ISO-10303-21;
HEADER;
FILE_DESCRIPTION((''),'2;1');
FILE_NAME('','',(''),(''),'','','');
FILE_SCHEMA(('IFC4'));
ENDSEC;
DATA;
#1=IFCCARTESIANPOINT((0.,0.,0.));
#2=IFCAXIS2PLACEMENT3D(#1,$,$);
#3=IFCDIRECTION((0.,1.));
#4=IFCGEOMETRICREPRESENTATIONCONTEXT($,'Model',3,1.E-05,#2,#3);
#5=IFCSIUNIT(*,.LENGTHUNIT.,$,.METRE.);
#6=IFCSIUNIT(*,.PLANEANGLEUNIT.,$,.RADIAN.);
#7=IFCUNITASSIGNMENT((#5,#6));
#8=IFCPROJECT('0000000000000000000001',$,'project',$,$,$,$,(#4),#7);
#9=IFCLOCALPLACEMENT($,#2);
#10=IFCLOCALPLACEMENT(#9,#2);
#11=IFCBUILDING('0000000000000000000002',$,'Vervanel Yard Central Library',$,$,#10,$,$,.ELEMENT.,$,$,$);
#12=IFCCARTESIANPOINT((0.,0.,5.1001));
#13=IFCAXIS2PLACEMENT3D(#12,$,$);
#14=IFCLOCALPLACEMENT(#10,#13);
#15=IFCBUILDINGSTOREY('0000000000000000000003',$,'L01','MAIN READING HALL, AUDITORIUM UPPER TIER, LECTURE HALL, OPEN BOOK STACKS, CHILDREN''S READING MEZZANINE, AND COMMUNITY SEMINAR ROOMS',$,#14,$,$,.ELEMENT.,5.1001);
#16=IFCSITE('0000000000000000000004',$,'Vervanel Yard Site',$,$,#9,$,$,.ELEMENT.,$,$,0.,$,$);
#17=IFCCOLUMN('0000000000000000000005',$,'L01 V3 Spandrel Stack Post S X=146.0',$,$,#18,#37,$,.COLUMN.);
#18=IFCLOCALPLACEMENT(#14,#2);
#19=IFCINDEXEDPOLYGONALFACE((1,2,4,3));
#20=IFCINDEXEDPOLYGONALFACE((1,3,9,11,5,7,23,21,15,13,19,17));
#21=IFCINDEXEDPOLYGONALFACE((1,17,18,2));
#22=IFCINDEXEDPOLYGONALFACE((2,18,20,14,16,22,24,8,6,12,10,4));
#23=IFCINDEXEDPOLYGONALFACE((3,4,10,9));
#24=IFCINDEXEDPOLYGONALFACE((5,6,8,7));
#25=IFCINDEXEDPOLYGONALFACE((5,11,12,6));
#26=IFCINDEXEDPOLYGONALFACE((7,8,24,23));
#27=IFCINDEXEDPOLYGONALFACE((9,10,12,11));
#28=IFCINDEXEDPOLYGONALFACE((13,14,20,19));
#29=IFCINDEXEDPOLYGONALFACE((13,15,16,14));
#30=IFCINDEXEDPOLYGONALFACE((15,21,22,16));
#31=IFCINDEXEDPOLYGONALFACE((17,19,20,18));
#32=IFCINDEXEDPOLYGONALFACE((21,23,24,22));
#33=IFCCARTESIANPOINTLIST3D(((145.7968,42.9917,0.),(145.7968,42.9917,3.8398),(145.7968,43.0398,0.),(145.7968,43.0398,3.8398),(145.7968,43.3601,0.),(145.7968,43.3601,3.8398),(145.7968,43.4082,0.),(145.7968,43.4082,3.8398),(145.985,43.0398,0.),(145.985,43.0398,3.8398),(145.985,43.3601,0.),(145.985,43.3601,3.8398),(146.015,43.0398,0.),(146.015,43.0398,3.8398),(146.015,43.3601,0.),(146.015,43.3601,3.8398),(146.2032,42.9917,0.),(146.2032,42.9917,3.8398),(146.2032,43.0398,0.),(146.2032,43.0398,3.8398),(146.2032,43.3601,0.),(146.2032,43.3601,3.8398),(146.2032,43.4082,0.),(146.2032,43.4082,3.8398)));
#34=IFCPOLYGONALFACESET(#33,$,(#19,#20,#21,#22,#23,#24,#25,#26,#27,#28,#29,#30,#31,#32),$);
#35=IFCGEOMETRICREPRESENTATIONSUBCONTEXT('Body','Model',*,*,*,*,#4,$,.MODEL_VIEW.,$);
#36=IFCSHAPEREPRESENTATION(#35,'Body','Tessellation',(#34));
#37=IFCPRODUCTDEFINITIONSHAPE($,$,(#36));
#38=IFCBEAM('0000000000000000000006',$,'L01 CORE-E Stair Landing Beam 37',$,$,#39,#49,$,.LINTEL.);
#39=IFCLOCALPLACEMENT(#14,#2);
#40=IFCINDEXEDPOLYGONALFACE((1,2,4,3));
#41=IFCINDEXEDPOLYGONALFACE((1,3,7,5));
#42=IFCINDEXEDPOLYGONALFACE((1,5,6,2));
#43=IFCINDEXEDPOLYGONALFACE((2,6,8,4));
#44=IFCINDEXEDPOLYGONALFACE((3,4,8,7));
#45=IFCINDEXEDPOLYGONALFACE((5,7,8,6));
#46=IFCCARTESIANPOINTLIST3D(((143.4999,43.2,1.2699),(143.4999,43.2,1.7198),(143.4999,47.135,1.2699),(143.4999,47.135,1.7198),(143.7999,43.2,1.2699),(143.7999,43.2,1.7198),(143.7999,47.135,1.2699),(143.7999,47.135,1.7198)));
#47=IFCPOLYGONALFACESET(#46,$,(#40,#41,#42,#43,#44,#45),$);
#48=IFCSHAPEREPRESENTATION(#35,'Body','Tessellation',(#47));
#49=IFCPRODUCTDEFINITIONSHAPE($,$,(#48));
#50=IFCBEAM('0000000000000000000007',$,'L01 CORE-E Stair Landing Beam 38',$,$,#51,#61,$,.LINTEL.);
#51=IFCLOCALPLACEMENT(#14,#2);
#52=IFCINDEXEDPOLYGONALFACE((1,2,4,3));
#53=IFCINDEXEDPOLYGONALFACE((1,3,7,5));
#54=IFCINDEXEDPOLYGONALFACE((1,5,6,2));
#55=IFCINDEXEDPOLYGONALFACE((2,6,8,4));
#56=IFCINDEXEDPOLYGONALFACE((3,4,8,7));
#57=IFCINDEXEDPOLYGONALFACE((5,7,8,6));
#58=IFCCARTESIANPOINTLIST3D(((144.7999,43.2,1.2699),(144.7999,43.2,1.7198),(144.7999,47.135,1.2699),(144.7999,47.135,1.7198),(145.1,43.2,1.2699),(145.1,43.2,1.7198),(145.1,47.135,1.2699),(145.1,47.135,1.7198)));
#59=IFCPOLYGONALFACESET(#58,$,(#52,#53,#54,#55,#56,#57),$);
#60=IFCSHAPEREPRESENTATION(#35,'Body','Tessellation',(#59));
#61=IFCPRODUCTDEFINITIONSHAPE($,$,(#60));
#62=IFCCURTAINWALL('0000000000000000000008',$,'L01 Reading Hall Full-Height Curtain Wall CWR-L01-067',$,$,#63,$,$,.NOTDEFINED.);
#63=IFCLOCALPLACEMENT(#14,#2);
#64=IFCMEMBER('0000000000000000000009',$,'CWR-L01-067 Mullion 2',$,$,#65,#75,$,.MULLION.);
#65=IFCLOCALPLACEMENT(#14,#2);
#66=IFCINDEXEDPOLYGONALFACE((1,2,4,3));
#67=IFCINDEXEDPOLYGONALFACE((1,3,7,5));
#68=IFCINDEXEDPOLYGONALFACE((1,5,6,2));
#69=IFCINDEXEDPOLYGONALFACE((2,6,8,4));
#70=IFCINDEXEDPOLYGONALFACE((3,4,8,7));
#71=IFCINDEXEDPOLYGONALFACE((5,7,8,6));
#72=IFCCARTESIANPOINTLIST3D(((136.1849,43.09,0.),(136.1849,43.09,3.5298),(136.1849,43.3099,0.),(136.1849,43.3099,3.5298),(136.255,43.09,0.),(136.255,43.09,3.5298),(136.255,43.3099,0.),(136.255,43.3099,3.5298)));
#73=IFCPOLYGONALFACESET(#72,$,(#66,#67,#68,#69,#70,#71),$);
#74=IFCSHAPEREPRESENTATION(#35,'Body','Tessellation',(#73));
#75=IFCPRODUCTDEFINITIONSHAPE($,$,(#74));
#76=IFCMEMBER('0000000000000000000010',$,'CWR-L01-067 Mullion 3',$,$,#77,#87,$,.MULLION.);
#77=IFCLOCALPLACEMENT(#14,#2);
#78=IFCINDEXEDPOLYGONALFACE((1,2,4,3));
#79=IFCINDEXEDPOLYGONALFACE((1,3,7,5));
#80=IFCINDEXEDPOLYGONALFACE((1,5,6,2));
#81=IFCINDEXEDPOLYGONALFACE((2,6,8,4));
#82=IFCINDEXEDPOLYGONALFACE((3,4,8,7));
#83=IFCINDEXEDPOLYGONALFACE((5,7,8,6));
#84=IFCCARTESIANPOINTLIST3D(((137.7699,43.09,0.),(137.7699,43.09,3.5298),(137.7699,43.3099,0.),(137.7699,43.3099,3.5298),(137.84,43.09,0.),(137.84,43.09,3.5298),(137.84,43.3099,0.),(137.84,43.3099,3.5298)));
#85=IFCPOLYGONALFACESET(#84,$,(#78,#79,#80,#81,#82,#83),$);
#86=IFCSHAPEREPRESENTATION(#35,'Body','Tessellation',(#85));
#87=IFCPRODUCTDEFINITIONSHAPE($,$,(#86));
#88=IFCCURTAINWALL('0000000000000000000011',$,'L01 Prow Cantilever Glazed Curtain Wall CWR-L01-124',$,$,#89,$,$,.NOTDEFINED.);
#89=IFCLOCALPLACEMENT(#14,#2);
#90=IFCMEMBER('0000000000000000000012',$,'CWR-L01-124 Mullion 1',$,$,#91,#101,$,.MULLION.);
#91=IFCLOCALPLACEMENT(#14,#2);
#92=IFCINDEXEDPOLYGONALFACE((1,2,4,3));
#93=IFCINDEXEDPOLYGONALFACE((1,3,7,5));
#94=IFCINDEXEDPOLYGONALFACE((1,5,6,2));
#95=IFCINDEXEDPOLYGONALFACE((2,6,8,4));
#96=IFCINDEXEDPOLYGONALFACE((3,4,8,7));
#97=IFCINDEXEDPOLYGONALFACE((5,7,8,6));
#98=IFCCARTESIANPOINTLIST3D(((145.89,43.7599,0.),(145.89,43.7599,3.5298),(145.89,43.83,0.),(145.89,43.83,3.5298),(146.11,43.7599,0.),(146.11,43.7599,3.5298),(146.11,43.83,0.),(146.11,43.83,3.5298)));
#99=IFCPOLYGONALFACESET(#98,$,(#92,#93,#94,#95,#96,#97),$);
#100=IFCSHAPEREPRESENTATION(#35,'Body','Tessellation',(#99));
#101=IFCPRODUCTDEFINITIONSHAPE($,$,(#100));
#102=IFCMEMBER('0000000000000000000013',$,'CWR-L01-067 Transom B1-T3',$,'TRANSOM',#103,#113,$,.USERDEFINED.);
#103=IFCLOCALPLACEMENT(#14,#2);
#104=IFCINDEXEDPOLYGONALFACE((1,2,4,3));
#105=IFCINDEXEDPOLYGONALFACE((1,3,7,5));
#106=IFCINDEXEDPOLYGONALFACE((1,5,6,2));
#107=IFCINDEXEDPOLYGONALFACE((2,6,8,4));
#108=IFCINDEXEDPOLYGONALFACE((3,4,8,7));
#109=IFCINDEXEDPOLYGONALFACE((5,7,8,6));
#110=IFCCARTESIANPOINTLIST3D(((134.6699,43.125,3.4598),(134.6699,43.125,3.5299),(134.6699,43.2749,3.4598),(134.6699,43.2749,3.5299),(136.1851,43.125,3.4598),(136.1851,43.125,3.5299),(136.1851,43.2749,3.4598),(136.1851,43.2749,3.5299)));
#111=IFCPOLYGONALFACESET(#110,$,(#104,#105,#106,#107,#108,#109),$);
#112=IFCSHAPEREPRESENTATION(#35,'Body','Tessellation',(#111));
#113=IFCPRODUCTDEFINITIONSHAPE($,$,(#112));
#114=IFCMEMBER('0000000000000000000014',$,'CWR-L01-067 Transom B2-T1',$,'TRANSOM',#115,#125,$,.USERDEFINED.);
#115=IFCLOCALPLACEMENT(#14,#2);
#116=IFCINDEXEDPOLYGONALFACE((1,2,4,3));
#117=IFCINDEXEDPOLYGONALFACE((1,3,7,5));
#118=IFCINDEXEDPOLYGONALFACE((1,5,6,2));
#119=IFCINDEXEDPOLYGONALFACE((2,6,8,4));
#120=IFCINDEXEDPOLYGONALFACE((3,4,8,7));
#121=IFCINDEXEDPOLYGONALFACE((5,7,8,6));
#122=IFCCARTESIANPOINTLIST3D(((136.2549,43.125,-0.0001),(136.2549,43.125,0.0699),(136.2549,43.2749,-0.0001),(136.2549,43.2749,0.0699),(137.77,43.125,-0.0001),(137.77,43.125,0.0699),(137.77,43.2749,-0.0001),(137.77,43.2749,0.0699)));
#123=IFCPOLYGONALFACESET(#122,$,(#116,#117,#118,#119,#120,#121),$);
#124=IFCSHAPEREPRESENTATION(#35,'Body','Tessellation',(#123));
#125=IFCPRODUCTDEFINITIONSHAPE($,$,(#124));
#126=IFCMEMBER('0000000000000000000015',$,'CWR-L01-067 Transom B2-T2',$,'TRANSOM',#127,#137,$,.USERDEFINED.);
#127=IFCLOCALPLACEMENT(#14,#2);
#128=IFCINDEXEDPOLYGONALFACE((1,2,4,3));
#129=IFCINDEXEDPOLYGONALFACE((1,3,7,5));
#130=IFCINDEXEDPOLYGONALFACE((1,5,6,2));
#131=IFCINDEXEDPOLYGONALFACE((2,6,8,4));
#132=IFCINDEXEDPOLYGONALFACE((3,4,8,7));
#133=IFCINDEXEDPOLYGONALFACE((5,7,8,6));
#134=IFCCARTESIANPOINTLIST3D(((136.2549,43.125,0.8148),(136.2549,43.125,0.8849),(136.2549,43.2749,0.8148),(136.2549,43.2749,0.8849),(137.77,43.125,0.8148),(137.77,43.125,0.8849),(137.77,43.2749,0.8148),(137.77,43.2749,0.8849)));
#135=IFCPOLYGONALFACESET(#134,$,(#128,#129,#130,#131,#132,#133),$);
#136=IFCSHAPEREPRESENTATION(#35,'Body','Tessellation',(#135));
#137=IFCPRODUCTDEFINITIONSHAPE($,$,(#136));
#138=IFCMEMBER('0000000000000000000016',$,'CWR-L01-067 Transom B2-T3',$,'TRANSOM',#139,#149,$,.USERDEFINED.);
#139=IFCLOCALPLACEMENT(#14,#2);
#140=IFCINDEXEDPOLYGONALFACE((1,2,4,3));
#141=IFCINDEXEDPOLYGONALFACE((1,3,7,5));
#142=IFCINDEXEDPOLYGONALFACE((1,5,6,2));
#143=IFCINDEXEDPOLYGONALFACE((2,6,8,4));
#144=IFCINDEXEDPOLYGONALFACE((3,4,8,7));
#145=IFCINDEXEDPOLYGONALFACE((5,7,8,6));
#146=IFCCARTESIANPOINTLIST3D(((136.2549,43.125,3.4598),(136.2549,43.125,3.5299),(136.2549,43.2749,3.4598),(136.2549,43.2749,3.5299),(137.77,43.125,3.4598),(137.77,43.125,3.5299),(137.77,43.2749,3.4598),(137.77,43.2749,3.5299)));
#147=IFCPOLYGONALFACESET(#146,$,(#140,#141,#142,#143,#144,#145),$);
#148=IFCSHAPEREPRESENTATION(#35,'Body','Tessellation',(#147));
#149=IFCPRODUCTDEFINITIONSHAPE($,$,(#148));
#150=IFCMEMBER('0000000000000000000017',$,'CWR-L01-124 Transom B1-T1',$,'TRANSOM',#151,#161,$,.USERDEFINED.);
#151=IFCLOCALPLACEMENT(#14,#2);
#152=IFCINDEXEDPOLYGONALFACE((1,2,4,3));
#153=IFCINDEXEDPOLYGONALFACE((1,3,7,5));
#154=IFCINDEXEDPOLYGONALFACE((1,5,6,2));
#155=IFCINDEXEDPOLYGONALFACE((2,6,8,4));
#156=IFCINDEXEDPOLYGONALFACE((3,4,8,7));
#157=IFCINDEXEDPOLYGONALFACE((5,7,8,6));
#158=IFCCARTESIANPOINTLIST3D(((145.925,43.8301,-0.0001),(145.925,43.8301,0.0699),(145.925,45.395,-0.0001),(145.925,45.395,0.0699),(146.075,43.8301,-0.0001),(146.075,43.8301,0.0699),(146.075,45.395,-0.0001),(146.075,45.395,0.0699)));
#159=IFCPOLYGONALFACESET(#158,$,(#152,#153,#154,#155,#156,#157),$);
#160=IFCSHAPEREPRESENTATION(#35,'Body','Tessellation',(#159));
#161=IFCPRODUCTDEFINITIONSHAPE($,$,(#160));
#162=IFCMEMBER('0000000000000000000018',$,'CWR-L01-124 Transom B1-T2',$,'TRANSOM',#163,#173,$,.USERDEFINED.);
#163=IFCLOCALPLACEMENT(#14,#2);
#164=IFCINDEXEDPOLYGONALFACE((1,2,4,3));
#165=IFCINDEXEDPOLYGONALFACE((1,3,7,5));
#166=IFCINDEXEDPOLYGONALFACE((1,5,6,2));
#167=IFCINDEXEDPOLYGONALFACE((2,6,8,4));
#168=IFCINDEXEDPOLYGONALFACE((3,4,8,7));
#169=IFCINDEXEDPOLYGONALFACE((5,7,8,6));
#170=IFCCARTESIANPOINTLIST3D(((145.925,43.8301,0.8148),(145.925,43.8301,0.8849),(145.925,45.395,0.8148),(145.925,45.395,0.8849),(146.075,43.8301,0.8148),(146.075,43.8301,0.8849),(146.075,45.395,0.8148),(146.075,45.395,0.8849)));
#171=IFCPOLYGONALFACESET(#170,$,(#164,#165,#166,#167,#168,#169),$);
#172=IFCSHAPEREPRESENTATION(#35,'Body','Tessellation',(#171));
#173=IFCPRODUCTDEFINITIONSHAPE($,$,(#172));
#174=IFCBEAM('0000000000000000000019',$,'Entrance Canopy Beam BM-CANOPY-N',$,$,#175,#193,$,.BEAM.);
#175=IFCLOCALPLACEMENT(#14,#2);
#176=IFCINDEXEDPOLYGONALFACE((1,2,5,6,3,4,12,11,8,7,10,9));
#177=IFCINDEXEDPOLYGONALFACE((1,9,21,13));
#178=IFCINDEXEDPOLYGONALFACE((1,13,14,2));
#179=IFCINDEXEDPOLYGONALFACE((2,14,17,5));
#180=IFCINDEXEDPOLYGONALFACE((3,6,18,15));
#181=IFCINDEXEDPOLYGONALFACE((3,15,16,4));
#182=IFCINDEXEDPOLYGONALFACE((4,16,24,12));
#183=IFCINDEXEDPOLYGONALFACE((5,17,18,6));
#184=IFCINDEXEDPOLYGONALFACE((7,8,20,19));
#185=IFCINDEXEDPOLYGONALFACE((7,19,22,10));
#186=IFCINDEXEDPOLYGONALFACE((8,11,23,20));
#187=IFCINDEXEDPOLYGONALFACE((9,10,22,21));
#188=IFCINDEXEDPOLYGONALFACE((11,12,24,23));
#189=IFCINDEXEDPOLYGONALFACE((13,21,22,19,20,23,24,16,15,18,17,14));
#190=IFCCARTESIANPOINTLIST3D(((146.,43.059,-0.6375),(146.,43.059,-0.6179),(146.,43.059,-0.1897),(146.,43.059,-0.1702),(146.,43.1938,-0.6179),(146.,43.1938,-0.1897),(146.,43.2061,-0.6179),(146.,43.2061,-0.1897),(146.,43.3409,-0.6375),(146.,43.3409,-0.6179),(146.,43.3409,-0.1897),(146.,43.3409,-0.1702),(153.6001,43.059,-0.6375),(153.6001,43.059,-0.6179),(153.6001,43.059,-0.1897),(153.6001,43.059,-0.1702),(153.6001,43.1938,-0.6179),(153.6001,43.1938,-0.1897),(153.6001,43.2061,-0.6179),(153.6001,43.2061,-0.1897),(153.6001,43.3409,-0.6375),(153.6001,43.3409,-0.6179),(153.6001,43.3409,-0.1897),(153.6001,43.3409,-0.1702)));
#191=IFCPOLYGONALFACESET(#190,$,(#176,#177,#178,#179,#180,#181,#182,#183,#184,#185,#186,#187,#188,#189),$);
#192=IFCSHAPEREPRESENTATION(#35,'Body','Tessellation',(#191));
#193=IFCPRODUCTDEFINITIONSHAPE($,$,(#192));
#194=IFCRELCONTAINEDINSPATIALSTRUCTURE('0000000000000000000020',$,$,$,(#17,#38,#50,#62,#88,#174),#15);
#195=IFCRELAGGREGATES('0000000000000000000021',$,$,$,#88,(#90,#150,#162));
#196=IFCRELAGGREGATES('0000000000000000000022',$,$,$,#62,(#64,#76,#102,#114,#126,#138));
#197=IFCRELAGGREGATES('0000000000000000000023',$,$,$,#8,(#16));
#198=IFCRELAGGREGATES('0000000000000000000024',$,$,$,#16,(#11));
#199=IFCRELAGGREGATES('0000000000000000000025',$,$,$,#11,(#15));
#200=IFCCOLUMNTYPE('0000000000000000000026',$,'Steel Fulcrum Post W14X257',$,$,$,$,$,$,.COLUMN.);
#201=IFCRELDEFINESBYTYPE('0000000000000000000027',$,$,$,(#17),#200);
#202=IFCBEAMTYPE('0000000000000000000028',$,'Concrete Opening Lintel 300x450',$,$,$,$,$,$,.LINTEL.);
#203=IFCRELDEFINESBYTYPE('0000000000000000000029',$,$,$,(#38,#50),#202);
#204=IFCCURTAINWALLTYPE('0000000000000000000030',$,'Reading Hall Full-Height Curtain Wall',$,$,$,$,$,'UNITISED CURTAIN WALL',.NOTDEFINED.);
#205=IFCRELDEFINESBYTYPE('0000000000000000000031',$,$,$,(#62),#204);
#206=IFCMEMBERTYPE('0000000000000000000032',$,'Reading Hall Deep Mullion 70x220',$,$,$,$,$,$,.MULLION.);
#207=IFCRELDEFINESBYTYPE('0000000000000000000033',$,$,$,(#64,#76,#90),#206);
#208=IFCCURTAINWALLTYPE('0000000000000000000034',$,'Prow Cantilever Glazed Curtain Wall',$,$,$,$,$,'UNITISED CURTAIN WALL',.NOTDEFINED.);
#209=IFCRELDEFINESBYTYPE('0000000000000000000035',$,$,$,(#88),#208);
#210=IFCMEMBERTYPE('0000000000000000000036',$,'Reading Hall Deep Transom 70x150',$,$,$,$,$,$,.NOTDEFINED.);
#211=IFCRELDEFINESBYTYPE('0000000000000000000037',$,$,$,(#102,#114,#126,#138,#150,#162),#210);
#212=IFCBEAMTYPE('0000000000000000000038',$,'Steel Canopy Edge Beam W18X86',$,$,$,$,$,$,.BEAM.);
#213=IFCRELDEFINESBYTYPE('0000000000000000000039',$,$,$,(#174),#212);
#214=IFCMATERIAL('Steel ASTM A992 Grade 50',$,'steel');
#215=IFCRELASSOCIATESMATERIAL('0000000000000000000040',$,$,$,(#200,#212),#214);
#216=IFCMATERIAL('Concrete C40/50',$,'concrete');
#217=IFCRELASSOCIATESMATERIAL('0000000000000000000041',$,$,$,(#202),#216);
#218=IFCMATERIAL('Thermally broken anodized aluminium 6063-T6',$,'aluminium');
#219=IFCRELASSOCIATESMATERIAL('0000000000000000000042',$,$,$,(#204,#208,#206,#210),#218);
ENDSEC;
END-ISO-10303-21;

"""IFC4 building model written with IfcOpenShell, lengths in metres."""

from ifc_helpers import new_model, si_unit, direction, frame, origin, origin_2d, place, context, subcontext, project, spatial, rectangle, i_section, extrude, material, material_profile, profile_set, type_object, element, aggregate, save


model = new_model("IFC4")

# Units and contexts
model_context = context("Model", 3, precision=1e-05, world=origin(), true_north=direction((0.0, 1.0)))
body_context = subcontext(model_context, "Body", "Model", "MODEL_VIEW")
ifc_project = project(units=[si_unit("LENGTHUNIT", "METRE"), si_unit("PLANEANGLEUNIT", "RADIAN")], contexts=[model_context])

# Site, building, storey
site_placement = place(None, origin())
site = spatial("IfcSite", under=ifc_project, at=site_placement, Name="Vervanel Yard Site", CompositionType="ELEMENT", RefElevation=0.0)
building_placement = place(site_placement, origin())
building = spatial("IfcBuilding", under=site, at=building_placement, Name="Vervanel Yard Central Library", CompositionType="ELEMENT")
storey_placement = place(building_placement, frame((0.0, 0.0, 5.1001)))
storey = spatial("IfcBuildingStorey", under=building, at=storey_placement, Name="L01", Description="MAIN READING HALL, AUDITORIUM UPPER TIER, LECTURE HALL, OPEN BOOK STACKS, CHILDREN'S READING MEZZANINE, AND COMMUNITY SEMINAR ROOMS", CompositionType="ELEMENT", Elevation=5.1001)

# Column
ifc_material_1 = material(Name="Steel ASTM A992 Grade 50", Category="steel")
ifc_material_profile_1 = material_profile(ifc_material_1, i_section(OverallWidth=0.4065, OverallDepth=0.4165, WebThickness=0.03, FlangeThickness=0.0481, at=origin_2d()), Name="W14X257", Category="steel")
ifc_profile_set_1 = profile_set([ifc_material_profile_1], Name="Steel ASTM A992 Grade 50")
column_type = type_object("IfcColumnType", Name="Steel Fulcrum Post W14X257", PredefinedType="COLUMN", material=ifc_profile_set_1)
column_placement = place(storey_placement, frame((146.0, 43.2, 0.0), z_axis=(0.0, 0.0, 1.0), x_axis=(1.0, 0.0, 0.0)))
element("IfcColumn", 1, at=column_placement, inside=storey, type_object=column_type, Name="L01 V3 Spandrel Stack Post S X=146.0", PredefinedType="COLUMN", context=body_context, shape_type="SweptSolid", body=[
    extrude(i_section(OverallWidth=0.4065, OverallDepth=0.4165, WebThickness=0.03, FlangeThickness=0.0481, at=origin_2d()), origin(), (0.0, 0.0, 1.0), 3.8398),
])

# Beams
ifc_material_2 = material(Name="Concrete C40/50", Category="concrete")
ifc_material_profile_2 = material_profile(ifc_material_2, rectangle(XDim=0.3, YDim=0.45, at=origin_2d()), Name="RC 300x450", Category="concrete")
ifc_profile_set_2 = profile_set([ifc_material_profile_2], Name="Concrete C40/50")
beam_type_1 = type_object("IfcBeamType", Name="Concrete Opening Lintel 300x450", PredefinedType="LINTEL", material=ifc_profile_set_2)
for number, where, z_axis, x_axis, name in (
    (2, (143.6499, 43.2, 1.4949), (0.0, 1.0, 0.0), (-1.0, 0.0, 0.0), "L01 CORE-E Stair Landing Beam 37"),
    (3, (144.95, 43.2, 1.4949), (0.0, 1.0, 0.0), (-1.0, 0.0, 0.0), "L01 CORE-E Stair Landing Beam 38"),
):
    element("IfcBeam", number, at=place(storey_placement, frame(where, z_axis=z_axis, x_axis=x_axis)), inside=storey, type_object=beam_type_1, Name=name, PredefinedType="LINTEL", context=body_context, shape_type="SweptSolid", body=[
        extrude(rectangle(XDim=0.3, YDim=0.45, at=origin_2d()), origin(), (0.0, 0.0, 1.0), 3.9351),
    ])

# Curtain wall, members
ifc_material_3 = material(Name="Thermally broken anodized aluminium 6063-T6", Category="aluminium")
curtain_wall_type_1 = type_object("IfcCurtainWallType", Name="Reading Hall Full-Height Curtain Wall", ElementType="UNITISED CURTAIN WALL", PredefinedType="NOTDEFINED", material=ifc_material_3)
curtain_wall_1_placement = place(storey_placement, origin())
curtain_wall_1 = element("IfcCurtainWall", 4, at=curtain_wall_1_placement, inside=storey, type_object=curtain_wall_type_1, Name="L01 Reading Hall Full-Height Curtain Wall CWR-L01-067", PredefinedType="NOTDEFINED")
ifc_material_profile_3 = material_profile(ifc_material_3, rectangle(XDim=0.0701, YDim=0.22, at=origin_2d()), Name="ALU 70x220", Category="aluminium")
ifc_profile_set_3 = profile_set([ifc_material_profile_3], Name="Thermally broken anodized aluminium 6063-T6")
member_type_1 = type_object("IfcMemberType", Name="Reading Hall Deep Mullion 70x220", PredefinedType="MULLION", material=ifc_profile_set_3)
member_1_placement = place(storey_placement, frame((136.22, 43.2, 0.0), z_axis=(0.0, 0.0, 1.0), x_axis=(1.0, 0.0, 0.0)))
member_1 = element("IfcMember", 5, at=member_1_placement, type_object=member_type_1, Name="CWR-L01-067 Mullion 2", PredefinedType="MULLION", context=body_context, shape_type="SweptSolid", body=[
    extrude(rectangle(XDim=0.0701, YDim=0.22, at=origin_2d()), origin(), (0.0, 0.0, 1.0), 3.5298),
])
member_2_placement = place(storey_placement, frame((137.8049, 43.2, 0.0), z_axis=(0.0, 0.0, 1.0), x_axis=(1.0, 0.0, 0.0)))
member_2 = element("IfcMember", 6, at=member_2_placement, type_object=member_type_1, Name="CWR-L01-067 Mullion 3", PredefinedType="MULLION", context=body_context, shape_type="SweptSolid", body=[
    extrude(rectangle(XDim=0.0701, YDim=0.22, at=origin_2d()), origin(), (0.0, 0.0, 1.0), 3.5298),
])

# Curtain wall, member
curtain_wall_type_2 = type_object("IfcCurtainWallType", Name="Prow Cantilever Glazed Curtain Wall", ElementType="UNITISED CURTAIN WALL", PredefinedType="NOTDEFINED", material=ifc_material_3)
curtain_wall_2_placement = place(storey_placement, origin())
curtain_wall_2 = element("IfcCurtainWall", 7, at=curtain_wall_2_placement, inside=storey, type_object=curtain_wall_type_2, Name="L01 Prow Cantilever Glazed Curtain Wall CWR-L01-124", PredefinedType="NOTDEFINED")
member_3_placement = place(storey_placement, frame((146.0, 43.7949, 0.0), z_axis=(0.0, 0.0, 1.0), x_axis=(0.0, 1.0, 0.0)))
member_3 = element("IfcMember", 8, at=member_3_placement, type_object=member_type_1, Name="CWR-L01-124 Mullion 1", PredefinedType="MULLION", context=body_context, shape_type="SweptSolid", body=[
    extrude(rectangle(XDim=0.0701, YDim=0.22, at=origin_2d()), origin(), (0.0, 0.0, 1.0), 3.5298),
])

# Members
ifc_material_profile_4 = material_profile(ifc_material_3, rectangle(XDim=0.0701, YDim=0.1499, at=origin_2d()), Name="ALU 70x150", Category="aluminium")
ifc_profile_set_4 = profile_set([ifc_material_profile_4], Name="Thermally broken anodized aluminium 6063-T6")
member_type_2 = type_object("IfcMemberType", Name="Reading Hall Deep Transom 70x150", PredefinedType="NOTDEFINED", material=ifc_profile_set_4)
member_4_placement = place(storey_placement, frame((134.6699, 43.2, 3.4949), z_axis=(1.0, 0.0, 0.0), x_axis=(0.0, 0.0, 1.0)))
member_4 = element("IfcMember", 9, at=member_4_placement, type_object=member_type_2, Name="CWR-L01-067 Transom B1-T3", ObjectType="TRANSOM", PredefinedType="USERDEFINED", context=body_context, shape_type="SweptSolid", body=[
    extrude(rectangle(XDim=0.0701, YDim=0.1499, at=origin_2d()), origin(), (0.0, 0.0, 1.0), 1.5151),
])
member_5_placement = place(storey_placement, frame((136.2549, 43.2, 0.0349), z_axis=(1.0, 0.0, 0.0), x_axis=(0.0, 0.0, 1.0)))
member_5 = element("IfcMember", 10, at=member_5_placement, type_object=member_type_2, Name="CWR-L01-067 Transom B2-T1", ObjectType="TRANSOM", PredefinedType="USERDEFINED", context=body_context, shape_type="SweptSolid", body=[
    extrude(rectangle(XDim=0.0701, YDim=0.1499, at=origin_2d()), origin(), (0.0, 0.0, 1.0), 1.5151),
])
member_6_placement = place(storey_placement, frame((136.2549, 43.2, 0.8499), z_axis=(1.0, 0.0, 0.0), x_axis=(0.0, 0.0, 1.0)))
member_6 = element("IfcMember", 11, at=member_6_placement, type_object=member_type_2, Name="CWR-L01-067 Transom B2-T2", ObjectType="TRANSOM", PredefinedType="USERDEFINED", context=body_context, shape_type="SweptSolid", body=[
    extrude(rectangle(XDim=0.0701, YDim=0.1499, at=origin_2d()), origin(), (0.0, 0.0, 1.0), 1.5151),
])
member_7_placement = place(storey_placement, frame((136.2549, 43.2, 3.4949), z_axis=(1.0, 0.0, 0.0), x_axis=(0.0, 0.0, 1.0)))
member_7 = element("IfcMember", 12, at=member_7_placement, type_object=member_type_2, Name="CWR-L01-067 Transom B2-T3", ObjectType="TRANSOM", PredefinedType="USERDEFINED", context=body_context, shape_type="SweptSolid", body=[
    extrude(rectangle(XDim=0.0701, YDim=0.1499, at=origin_2d()), origin(), (0.0, 0.0, 1.0), 1.5151),
])
member_8_placement = place(storey_placement, frame((146.0, 43.8301, 0.0349), z_axis=(0.0, 1.0, 0.0), x_axis=(0.0, 0.0, 1.0)))
member_8 = element("IfcMember", 13, at=member_8_placement, type_object=member_type_2, Name="CWR-L01-124 Transom B1-T1", ObjectType="TRANSOM", PredefinedType="USERDEFINED", context=body_context, shape_type="SweptSolid", body=[
    extrude(rectangle(XDim=0.0701, YDim=0.1499, at=origin_2d()), origin(), (0.0, 0.0, 1.0), 1.5649),
])
member_9_placement = place(storey_placement, frame((146.0, 43.8301, 0.8499), z_axis=(0.0, 1.0, 0.0), x_axis=(0.0, 0.0, 1.0)))
member_9 = element("IfcMember", 14, at=member_9_placement, type_object=member_type_2, Name="CWR-L01-124 Transom B1-T2", ObjectType="TRANSOM", PredefinedType="USERDEFINED", context=body_context, shape_type="SweptSolid", body=[
    extrude(rectangle(XDim=0.0701, YDim=0.1499, at=origin_2d()), origin(), (0.0, 0.0, 1.0), 1.5649),
])
aggregate(curtain_wall_2, [member_3, member_8, member_9])

# Beam
ifc_material_profile_5 = material_profile(ifc_material_1, i_section(OverallWidth=0.282, OverallDepth=0.4673, WebThickness=0.0122, FlangeThickness=0.0195, at=origin_2d()), Name="W18X86", Category="steel")
ifc_profile_set_5 = profile_set([ifc_material_profile_5], Name="Steel ASTM A992 Grade 50")
beam_type_2 = type_object("IfcBeamType", Name="Steel Canopy Edge Beam W18X86", PredefinedType="BEAM", material=ifc_profile_set_5)
beam_placement = place(storey_placement, frame((146.0, 43.2, -0.4038), z_axis=(1.0, 0.0, 0.0), x_axis=(0.0, 1.0, 0.0)))
element("IfcBeam", 15, at=beam_placement, inside=storey, type_object=beam_type_2, Name="Entrance Canopy Beam BM-CANOPY-N", PredefinedType="BEAM", context=body_context, shape_type="SweptSolid", body=[
    extrude(i_section(OverallWidth=0.282, OverallDepth=0.4673, WebThickness=0.0122, FlangeThickness=0.0195, at=origin_2d()), origin(), (0.0, 0.0, 1.0), 7.6001),
])

aggregate(curtain_wall_1, [member_1, member_2, member_4, member_5, member_6, member_7])

save(model, "model.ifc")
